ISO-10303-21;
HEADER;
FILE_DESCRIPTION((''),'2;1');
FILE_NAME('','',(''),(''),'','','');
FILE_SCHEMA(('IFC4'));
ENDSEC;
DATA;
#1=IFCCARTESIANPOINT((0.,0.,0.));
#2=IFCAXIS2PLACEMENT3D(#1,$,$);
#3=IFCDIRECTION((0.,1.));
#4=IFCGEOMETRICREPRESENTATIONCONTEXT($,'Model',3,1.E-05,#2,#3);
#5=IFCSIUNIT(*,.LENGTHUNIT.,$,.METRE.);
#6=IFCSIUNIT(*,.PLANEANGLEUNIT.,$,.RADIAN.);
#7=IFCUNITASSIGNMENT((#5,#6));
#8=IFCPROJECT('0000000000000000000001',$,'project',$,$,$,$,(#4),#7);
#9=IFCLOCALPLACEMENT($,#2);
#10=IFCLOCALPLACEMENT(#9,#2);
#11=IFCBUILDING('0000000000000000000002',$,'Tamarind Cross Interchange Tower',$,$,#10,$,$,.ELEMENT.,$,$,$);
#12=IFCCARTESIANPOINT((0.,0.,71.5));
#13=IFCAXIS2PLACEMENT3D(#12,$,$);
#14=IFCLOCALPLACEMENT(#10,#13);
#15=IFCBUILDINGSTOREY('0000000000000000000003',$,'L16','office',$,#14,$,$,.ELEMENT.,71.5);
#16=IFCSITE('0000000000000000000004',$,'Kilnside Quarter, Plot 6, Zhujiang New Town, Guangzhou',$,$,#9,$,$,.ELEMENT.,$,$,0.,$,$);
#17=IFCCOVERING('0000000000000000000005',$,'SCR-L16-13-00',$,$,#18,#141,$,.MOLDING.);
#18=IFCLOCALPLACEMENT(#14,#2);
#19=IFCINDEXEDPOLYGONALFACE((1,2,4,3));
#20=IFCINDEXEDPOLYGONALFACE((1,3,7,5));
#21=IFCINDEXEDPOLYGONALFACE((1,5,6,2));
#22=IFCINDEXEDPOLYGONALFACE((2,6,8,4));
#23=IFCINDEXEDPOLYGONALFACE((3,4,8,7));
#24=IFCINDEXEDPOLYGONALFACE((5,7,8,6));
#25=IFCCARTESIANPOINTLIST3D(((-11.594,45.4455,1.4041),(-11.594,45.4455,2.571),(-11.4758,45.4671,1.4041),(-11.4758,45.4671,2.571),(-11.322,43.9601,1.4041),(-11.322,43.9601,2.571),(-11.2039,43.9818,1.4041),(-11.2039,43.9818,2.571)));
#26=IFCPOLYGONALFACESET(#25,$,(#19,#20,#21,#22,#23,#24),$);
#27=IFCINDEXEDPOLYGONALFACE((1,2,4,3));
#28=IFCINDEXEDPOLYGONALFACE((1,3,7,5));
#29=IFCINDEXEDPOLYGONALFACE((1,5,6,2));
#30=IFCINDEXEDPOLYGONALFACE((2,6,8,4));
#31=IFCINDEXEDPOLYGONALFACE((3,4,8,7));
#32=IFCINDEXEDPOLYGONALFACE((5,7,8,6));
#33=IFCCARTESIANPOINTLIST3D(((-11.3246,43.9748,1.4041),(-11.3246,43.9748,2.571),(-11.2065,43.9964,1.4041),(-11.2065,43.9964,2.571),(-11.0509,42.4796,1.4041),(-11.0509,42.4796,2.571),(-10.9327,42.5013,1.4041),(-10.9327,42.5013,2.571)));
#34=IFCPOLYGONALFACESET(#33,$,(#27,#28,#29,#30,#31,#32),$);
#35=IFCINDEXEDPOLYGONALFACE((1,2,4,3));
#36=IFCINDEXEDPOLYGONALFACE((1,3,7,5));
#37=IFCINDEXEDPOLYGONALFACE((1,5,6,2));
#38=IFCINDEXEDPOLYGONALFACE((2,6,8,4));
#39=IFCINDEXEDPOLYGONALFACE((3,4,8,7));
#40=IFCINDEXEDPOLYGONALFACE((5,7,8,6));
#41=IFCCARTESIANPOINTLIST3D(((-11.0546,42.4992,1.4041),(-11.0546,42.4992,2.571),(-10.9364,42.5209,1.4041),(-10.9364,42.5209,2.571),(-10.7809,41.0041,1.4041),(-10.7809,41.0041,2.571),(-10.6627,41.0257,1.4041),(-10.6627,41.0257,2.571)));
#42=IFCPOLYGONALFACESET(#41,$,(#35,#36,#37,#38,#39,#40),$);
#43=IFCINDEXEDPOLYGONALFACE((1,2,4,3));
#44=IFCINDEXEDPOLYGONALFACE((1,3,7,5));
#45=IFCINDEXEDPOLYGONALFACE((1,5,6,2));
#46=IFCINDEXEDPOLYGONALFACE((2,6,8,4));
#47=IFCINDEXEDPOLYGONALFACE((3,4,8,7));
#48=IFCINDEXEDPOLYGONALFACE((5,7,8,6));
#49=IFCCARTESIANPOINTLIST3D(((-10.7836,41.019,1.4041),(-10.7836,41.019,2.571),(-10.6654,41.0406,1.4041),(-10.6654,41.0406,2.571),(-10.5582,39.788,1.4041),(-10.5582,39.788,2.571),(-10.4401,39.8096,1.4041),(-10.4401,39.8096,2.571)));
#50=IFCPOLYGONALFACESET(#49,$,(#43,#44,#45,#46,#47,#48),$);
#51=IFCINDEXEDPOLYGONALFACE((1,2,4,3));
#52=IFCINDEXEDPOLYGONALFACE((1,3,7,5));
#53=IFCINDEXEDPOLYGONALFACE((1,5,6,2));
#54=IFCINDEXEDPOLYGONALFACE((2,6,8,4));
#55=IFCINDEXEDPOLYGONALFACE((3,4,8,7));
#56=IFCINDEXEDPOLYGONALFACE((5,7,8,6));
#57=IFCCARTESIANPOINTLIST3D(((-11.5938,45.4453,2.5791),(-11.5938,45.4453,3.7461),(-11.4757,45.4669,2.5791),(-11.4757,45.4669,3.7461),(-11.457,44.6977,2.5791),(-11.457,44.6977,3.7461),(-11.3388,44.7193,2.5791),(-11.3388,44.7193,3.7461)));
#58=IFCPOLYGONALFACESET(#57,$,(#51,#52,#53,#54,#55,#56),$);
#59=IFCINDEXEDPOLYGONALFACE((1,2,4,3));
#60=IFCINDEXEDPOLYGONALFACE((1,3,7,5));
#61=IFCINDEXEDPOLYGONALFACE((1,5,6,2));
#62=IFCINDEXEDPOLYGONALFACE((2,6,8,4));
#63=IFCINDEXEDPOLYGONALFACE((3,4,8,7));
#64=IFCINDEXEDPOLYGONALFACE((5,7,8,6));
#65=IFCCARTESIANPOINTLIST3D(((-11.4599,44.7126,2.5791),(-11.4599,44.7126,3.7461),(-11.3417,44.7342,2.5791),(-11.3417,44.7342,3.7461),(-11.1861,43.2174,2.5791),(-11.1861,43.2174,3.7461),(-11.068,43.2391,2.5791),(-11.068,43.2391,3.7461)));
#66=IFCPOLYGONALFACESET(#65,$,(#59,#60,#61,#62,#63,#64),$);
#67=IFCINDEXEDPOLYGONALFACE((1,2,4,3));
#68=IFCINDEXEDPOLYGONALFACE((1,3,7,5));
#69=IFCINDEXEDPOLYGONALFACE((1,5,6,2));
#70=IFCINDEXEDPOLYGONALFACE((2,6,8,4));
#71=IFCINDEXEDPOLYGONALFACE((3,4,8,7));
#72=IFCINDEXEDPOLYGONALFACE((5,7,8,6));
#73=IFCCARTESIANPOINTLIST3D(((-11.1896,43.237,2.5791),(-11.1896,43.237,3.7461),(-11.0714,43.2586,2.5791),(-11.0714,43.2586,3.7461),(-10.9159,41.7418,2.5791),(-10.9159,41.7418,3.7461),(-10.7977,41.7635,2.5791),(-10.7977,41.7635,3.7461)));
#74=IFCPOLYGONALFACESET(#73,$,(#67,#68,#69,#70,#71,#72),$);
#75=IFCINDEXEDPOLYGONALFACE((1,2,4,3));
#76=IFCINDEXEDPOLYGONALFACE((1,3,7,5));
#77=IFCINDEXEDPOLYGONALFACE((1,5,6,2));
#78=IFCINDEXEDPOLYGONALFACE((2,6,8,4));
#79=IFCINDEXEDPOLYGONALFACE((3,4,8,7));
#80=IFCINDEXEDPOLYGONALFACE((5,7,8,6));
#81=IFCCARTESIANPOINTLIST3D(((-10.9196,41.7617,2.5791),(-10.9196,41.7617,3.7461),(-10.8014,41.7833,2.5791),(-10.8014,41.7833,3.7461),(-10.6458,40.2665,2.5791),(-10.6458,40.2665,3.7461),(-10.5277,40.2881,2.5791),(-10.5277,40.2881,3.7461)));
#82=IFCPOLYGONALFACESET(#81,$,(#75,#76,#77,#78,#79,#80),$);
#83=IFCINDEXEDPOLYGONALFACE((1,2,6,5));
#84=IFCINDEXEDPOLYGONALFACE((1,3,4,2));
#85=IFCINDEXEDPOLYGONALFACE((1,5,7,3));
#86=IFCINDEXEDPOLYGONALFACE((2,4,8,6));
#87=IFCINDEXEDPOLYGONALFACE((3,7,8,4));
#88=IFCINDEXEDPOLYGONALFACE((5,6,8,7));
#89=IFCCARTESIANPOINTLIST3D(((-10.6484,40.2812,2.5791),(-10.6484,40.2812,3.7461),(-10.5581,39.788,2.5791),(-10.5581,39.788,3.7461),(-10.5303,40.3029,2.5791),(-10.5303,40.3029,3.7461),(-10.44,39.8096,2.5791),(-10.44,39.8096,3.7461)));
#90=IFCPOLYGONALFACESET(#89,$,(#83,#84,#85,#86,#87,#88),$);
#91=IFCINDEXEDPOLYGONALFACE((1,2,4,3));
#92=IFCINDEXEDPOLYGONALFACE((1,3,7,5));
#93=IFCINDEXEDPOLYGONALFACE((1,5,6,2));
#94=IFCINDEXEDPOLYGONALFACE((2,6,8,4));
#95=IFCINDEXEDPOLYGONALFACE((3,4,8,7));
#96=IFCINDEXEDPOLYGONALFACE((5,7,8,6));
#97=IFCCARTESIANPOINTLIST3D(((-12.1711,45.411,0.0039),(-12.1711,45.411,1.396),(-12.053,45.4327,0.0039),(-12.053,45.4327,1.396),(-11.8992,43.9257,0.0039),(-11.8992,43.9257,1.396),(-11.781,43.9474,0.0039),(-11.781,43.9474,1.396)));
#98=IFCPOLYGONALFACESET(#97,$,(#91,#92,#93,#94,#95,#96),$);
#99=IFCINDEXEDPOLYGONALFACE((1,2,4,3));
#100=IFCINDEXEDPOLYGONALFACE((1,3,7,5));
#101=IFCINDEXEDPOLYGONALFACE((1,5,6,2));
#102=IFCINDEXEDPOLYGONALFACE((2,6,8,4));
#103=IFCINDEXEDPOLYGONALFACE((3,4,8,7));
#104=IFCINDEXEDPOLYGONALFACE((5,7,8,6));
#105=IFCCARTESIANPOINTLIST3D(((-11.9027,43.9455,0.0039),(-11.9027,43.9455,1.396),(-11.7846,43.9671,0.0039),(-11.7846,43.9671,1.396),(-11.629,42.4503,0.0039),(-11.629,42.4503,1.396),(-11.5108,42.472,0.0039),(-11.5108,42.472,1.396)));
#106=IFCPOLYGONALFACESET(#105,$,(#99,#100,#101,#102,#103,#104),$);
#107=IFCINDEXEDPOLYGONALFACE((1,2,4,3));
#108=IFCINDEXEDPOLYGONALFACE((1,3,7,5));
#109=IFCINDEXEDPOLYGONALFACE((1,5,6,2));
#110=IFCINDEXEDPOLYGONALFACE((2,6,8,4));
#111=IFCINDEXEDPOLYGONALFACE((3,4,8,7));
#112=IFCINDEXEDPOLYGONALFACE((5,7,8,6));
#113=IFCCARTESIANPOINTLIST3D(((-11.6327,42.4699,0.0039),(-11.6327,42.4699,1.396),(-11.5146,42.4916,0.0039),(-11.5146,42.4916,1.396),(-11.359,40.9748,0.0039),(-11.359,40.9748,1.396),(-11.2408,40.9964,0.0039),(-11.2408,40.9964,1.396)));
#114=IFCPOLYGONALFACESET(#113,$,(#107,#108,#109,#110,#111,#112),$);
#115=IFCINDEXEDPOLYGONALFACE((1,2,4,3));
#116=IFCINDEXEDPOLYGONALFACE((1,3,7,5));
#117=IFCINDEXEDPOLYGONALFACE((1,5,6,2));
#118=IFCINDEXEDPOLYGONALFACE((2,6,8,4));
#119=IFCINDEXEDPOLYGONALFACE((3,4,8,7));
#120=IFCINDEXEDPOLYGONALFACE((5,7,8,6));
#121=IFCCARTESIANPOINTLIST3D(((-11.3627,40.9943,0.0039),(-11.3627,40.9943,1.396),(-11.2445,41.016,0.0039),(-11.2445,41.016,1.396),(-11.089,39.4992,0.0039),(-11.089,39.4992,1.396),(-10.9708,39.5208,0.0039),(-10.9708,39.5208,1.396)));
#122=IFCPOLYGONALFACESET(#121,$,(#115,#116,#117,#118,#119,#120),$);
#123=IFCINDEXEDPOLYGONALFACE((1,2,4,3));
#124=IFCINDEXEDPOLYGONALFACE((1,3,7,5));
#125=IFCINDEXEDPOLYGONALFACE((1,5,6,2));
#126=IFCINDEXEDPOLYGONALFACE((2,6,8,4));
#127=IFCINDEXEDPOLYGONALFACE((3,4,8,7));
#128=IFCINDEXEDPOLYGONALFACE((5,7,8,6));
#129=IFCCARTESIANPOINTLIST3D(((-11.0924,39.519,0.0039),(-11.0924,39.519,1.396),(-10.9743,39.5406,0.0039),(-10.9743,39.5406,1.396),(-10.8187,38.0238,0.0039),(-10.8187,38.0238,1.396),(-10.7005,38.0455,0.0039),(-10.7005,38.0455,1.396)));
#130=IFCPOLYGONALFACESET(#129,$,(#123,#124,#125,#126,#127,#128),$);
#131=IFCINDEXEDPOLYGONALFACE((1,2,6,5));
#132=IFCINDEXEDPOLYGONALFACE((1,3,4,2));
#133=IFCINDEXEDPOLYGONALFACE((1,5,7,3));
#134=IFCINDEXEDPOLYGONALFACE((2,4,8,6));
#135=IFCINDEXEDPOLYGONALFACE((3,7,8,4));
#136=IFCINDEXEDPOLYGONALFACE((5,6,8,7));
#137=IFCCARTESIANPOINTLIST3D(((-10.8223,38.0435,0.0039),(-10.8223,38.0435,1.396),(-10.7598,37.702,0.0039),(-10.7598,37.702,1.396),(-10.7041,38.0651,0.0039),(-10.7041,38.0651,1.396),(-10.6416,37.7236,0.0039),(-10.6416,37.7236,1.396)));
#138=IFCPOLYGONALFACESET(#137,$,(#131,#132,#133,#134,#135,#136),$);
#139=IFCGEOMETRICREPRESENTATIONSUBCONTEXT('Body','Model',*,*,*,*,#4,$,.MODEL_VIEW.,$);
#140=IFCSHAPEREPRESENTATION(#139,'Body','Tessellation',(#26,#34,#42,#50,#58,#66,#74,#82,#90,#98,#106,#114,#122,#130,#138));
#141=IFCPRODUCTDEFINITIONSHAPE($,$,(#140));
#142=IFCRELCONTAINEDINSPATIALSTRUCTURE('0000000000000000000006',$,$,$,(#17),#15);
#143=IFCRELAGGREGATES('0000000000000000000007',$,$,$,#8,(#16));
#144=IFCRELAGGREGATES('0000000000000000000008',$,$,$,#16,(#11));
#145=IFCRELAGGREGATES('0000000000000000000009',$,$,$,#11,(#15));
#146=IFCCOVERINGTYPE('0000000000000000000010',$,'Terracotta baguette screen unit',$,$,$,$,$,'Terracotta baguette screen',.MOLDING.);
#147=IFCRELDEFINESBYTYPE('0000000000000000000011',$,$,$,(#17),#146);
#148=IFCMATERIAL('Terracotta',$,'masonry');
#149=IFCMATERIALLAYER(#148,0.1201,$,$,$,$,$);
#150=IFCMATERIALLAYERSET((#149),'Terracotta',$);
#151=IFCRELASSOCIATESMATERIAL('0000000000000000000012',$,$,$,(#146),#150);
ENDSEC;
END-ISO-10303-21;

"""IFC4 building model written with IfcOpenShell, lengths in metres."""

from ifc_helpers import new_model, si_unit, direction, frame, origin, origin_2d, place, context, subcontext, project, spatial, rectangle, extrude, material, layer, layer_set, type_object, element, save


model = new_model("IFC4")

# Units and contexts
model_context = context("Model", 3, precision=1e-05, world=origin(), true_north=direction((0.0, 1.0)))
body_context = subcontext(model_context, "Body", "Model", "MODEL_VIEW")
ifc_project = project(units=[si_unit("LENGTHUNIT", "METRE"), si_unit("PLANEANGLEUNIT", "RADIAN")], contexts=[model_context])

# Site, building, storey
site_placement = place(None, origin())
site = spatial("IfcSite", under=ifc_project, at=site_placement, Name="Kilnside Quarter, Plot 6, Zhujiang New Town, Guangzhou", CompositionType="ELEMENT", RefElevation=0.0)
building_placement = place(site_placement, origin())
building = spatial("IfcBuilding", under=site, at=building_placement, Name="Tamarind Cross Interchange Tower", CompositionType="ELEMENT")
storey_placement = place(building_placement, frame((0.0, 0.0, 71.5)))
storey = spatial("IfcBuildingStorey", under=building, at=storey_placement, Name="L16", Description="office", CompositionType="ELEMENT", Elevation=71.5)

# Covering
ifc_material_1 = material(Name="Terracotta", Category="masonry")
ifc_layer_1 = layer(ifc_material_1, 0.1201)
ifc_layer_set_1 = layer_set([ifc_layer_1], Name="Terracotta")
covering_type = type_object("IfcCoveringType", Name="Terracotta baguette screen unit", ElementType="Terracotta baguette screen", PredefinedType="MOLDING", material=ifc_layer_set_1)
covering_1_placement = place(storey_placement, origin())
element("IfcCovering", 1, at=covering_1_placement, inside=storey, type_object=covering_type, Name="SCR-L16-13-00", PredefinedType="MOLDING", context=body_context, shape_type="SweptSolid", body=[
    extrude(rectangle(XDim=1.51, YDim=0.1201, at=origin_2d()), frame((-11.3989, 44.7136, 1.4041), z_axis=(0.0, 0.0, 1.0), x_axis=(0.180086, -0.983651, 0.0)), (0.0, 0.0, 1.0), 1.167),
    extrude(rectangle(XDim=1.52, YDim=0.1201, at=origin_2d()), frame((-11.1287, 43.238, 1.4041), z_axis=(0.0, 0.0, 1.0), x_axis=(0.180086, -0.983651, 0.0)), (0.0, 0.0, 1.0), 1.167),
    extrude(rectangle(XDim=1.52, YDim=0.1201, at=origin_2d()), frame((-10.8586, 41.7625, 1.4041), z_axis=(0.0, 0.0, 1.0), x_axis=(0.180086, -0.983651, 0.0)), (0.0, 0.0, 1.0), 1.167),
    extrude(rectangle(XDim=1.2515, YDim=0.1201, at=origin_2d()), frame((-10.6118, 40.4143, 1.4041), z_axis=(0.0, 0.0, 1.0), x_axis=(0.180086, -0.983651, 0.0)), (0.0, 0.0, 1.0), 1.167),
    extrude(rectangle(XDim=0.76, YDim=0.1201, at=origin_2d()), frame((-11.4663, 45.0823, 2.5791), z_axis=(0.0, 0.0, 1.0), x_axis=(0.180086, -0.983651, 0.0)), (0.0, 0.0, 1.0), 1.167),
    extrude(rectangle(XDim=1.52, YDim=0.1201, at=origin_2d()), frame((-11.2639, 43.9758, 2.5791), z_axis=(0.0, 0.0, 1.0), x_axis=(0.180086, -0.983651, 0.0)), (0.0, 0.0, 1.0), 1.167),
    extrude(rectangle(XDim=1.52, YDim=0.1201, at=origin_2d()), frame((-10.9937, 42.5002, 2.5791), z_axis=(0.0, 0.0, 1.0), x_axis=(0.180086, -0.983651, 0.0)), (0.0, 0.0, 1.0), 1.167),
    extrude(rectangle(XDim=1.52, YDim=0.1201, at=origin_2d()), frame((-10.7236, 41.0249, 2.5791), z_axis=(0.0, 0.0, 1.0), x_axis=(0.180086, -0.983651, 0.0)), (0.0, 0.0, 1.0), 1.167),
    extrude(rectangle(XDim=0.5015, YDim=0.1201, at=origin_2d()), frame((-10.5442, 40.0454, 2.5791), z_axis=(0.0, 0.0, 1.0), x_axis=(0.180086, -0.983651, 0.0)), (0.0, 0.0, 1.0), 1.167),
    extrude(rectangle(XDim=1.51, YDim=0.1201, at=origin_2d()), frame((-11.9761, 44.6792, 0.0039), z_axis=(0.0, 0.0, 1.0), x_axis=(0.180086, -0.983651, 0.0)), (0.0, 0.0, 1.0), 1.3921),
    extrude(rectangle(XDim=1.52, YDim=0.1201, at=origin_2d()), frame((-11.7068, 43.2087, 0.0039), z_axis=(0.0, 0.0, 1.0), x_axis=(0.180086, -0.983651, 0.0)), (0.0, 0.0, 1.0), 1.3921),
    extrude(rectangle(XDim=1.52, YDim=0.1201, at=origin_2d()), frame((-11.4368, 41.7332, 0.0039), z_axis=(0.0, 0.0, 1.0), x_axis=(0.180086, -0.983651, 0.0)), (0.0, 0.0, 1.0), 1.3921),
    extrude(rectangle(XDim=1.52, YDim=0.1201, at=origin_2d()), frame((-11.1667, 40.2576, 0.0039), z_axis=(0.0, 0.0, 1.0), x_axis=(0.180086, -0.983651, 0.0)), (0.0, 0.0, 1.0), 1.3921),
    extrude(rectangle(XDim=1.52, YDim=0.1201, at=origin_2d()), frame((-10.8965, 38.7822, 0.0039), z_axis=(0.0, 0.0, 1.0), x_axis=(0.180086, -0.983651, 0.0)), (0.0, 0.0, 1.0), 1.3921),
    extrude(rectangle(XDim=0.3472, YDim=0.1201, at=origin_2d()), frame((-10.7319, 37.8835, 0.0039), z_axis=(0.0, 0.0, 1.0), x_axis=(0.180086, -0.983651, 0.0)), (0.0, 0.0, 1.0), 1.3921),
])

save(model, "model.ifc")
